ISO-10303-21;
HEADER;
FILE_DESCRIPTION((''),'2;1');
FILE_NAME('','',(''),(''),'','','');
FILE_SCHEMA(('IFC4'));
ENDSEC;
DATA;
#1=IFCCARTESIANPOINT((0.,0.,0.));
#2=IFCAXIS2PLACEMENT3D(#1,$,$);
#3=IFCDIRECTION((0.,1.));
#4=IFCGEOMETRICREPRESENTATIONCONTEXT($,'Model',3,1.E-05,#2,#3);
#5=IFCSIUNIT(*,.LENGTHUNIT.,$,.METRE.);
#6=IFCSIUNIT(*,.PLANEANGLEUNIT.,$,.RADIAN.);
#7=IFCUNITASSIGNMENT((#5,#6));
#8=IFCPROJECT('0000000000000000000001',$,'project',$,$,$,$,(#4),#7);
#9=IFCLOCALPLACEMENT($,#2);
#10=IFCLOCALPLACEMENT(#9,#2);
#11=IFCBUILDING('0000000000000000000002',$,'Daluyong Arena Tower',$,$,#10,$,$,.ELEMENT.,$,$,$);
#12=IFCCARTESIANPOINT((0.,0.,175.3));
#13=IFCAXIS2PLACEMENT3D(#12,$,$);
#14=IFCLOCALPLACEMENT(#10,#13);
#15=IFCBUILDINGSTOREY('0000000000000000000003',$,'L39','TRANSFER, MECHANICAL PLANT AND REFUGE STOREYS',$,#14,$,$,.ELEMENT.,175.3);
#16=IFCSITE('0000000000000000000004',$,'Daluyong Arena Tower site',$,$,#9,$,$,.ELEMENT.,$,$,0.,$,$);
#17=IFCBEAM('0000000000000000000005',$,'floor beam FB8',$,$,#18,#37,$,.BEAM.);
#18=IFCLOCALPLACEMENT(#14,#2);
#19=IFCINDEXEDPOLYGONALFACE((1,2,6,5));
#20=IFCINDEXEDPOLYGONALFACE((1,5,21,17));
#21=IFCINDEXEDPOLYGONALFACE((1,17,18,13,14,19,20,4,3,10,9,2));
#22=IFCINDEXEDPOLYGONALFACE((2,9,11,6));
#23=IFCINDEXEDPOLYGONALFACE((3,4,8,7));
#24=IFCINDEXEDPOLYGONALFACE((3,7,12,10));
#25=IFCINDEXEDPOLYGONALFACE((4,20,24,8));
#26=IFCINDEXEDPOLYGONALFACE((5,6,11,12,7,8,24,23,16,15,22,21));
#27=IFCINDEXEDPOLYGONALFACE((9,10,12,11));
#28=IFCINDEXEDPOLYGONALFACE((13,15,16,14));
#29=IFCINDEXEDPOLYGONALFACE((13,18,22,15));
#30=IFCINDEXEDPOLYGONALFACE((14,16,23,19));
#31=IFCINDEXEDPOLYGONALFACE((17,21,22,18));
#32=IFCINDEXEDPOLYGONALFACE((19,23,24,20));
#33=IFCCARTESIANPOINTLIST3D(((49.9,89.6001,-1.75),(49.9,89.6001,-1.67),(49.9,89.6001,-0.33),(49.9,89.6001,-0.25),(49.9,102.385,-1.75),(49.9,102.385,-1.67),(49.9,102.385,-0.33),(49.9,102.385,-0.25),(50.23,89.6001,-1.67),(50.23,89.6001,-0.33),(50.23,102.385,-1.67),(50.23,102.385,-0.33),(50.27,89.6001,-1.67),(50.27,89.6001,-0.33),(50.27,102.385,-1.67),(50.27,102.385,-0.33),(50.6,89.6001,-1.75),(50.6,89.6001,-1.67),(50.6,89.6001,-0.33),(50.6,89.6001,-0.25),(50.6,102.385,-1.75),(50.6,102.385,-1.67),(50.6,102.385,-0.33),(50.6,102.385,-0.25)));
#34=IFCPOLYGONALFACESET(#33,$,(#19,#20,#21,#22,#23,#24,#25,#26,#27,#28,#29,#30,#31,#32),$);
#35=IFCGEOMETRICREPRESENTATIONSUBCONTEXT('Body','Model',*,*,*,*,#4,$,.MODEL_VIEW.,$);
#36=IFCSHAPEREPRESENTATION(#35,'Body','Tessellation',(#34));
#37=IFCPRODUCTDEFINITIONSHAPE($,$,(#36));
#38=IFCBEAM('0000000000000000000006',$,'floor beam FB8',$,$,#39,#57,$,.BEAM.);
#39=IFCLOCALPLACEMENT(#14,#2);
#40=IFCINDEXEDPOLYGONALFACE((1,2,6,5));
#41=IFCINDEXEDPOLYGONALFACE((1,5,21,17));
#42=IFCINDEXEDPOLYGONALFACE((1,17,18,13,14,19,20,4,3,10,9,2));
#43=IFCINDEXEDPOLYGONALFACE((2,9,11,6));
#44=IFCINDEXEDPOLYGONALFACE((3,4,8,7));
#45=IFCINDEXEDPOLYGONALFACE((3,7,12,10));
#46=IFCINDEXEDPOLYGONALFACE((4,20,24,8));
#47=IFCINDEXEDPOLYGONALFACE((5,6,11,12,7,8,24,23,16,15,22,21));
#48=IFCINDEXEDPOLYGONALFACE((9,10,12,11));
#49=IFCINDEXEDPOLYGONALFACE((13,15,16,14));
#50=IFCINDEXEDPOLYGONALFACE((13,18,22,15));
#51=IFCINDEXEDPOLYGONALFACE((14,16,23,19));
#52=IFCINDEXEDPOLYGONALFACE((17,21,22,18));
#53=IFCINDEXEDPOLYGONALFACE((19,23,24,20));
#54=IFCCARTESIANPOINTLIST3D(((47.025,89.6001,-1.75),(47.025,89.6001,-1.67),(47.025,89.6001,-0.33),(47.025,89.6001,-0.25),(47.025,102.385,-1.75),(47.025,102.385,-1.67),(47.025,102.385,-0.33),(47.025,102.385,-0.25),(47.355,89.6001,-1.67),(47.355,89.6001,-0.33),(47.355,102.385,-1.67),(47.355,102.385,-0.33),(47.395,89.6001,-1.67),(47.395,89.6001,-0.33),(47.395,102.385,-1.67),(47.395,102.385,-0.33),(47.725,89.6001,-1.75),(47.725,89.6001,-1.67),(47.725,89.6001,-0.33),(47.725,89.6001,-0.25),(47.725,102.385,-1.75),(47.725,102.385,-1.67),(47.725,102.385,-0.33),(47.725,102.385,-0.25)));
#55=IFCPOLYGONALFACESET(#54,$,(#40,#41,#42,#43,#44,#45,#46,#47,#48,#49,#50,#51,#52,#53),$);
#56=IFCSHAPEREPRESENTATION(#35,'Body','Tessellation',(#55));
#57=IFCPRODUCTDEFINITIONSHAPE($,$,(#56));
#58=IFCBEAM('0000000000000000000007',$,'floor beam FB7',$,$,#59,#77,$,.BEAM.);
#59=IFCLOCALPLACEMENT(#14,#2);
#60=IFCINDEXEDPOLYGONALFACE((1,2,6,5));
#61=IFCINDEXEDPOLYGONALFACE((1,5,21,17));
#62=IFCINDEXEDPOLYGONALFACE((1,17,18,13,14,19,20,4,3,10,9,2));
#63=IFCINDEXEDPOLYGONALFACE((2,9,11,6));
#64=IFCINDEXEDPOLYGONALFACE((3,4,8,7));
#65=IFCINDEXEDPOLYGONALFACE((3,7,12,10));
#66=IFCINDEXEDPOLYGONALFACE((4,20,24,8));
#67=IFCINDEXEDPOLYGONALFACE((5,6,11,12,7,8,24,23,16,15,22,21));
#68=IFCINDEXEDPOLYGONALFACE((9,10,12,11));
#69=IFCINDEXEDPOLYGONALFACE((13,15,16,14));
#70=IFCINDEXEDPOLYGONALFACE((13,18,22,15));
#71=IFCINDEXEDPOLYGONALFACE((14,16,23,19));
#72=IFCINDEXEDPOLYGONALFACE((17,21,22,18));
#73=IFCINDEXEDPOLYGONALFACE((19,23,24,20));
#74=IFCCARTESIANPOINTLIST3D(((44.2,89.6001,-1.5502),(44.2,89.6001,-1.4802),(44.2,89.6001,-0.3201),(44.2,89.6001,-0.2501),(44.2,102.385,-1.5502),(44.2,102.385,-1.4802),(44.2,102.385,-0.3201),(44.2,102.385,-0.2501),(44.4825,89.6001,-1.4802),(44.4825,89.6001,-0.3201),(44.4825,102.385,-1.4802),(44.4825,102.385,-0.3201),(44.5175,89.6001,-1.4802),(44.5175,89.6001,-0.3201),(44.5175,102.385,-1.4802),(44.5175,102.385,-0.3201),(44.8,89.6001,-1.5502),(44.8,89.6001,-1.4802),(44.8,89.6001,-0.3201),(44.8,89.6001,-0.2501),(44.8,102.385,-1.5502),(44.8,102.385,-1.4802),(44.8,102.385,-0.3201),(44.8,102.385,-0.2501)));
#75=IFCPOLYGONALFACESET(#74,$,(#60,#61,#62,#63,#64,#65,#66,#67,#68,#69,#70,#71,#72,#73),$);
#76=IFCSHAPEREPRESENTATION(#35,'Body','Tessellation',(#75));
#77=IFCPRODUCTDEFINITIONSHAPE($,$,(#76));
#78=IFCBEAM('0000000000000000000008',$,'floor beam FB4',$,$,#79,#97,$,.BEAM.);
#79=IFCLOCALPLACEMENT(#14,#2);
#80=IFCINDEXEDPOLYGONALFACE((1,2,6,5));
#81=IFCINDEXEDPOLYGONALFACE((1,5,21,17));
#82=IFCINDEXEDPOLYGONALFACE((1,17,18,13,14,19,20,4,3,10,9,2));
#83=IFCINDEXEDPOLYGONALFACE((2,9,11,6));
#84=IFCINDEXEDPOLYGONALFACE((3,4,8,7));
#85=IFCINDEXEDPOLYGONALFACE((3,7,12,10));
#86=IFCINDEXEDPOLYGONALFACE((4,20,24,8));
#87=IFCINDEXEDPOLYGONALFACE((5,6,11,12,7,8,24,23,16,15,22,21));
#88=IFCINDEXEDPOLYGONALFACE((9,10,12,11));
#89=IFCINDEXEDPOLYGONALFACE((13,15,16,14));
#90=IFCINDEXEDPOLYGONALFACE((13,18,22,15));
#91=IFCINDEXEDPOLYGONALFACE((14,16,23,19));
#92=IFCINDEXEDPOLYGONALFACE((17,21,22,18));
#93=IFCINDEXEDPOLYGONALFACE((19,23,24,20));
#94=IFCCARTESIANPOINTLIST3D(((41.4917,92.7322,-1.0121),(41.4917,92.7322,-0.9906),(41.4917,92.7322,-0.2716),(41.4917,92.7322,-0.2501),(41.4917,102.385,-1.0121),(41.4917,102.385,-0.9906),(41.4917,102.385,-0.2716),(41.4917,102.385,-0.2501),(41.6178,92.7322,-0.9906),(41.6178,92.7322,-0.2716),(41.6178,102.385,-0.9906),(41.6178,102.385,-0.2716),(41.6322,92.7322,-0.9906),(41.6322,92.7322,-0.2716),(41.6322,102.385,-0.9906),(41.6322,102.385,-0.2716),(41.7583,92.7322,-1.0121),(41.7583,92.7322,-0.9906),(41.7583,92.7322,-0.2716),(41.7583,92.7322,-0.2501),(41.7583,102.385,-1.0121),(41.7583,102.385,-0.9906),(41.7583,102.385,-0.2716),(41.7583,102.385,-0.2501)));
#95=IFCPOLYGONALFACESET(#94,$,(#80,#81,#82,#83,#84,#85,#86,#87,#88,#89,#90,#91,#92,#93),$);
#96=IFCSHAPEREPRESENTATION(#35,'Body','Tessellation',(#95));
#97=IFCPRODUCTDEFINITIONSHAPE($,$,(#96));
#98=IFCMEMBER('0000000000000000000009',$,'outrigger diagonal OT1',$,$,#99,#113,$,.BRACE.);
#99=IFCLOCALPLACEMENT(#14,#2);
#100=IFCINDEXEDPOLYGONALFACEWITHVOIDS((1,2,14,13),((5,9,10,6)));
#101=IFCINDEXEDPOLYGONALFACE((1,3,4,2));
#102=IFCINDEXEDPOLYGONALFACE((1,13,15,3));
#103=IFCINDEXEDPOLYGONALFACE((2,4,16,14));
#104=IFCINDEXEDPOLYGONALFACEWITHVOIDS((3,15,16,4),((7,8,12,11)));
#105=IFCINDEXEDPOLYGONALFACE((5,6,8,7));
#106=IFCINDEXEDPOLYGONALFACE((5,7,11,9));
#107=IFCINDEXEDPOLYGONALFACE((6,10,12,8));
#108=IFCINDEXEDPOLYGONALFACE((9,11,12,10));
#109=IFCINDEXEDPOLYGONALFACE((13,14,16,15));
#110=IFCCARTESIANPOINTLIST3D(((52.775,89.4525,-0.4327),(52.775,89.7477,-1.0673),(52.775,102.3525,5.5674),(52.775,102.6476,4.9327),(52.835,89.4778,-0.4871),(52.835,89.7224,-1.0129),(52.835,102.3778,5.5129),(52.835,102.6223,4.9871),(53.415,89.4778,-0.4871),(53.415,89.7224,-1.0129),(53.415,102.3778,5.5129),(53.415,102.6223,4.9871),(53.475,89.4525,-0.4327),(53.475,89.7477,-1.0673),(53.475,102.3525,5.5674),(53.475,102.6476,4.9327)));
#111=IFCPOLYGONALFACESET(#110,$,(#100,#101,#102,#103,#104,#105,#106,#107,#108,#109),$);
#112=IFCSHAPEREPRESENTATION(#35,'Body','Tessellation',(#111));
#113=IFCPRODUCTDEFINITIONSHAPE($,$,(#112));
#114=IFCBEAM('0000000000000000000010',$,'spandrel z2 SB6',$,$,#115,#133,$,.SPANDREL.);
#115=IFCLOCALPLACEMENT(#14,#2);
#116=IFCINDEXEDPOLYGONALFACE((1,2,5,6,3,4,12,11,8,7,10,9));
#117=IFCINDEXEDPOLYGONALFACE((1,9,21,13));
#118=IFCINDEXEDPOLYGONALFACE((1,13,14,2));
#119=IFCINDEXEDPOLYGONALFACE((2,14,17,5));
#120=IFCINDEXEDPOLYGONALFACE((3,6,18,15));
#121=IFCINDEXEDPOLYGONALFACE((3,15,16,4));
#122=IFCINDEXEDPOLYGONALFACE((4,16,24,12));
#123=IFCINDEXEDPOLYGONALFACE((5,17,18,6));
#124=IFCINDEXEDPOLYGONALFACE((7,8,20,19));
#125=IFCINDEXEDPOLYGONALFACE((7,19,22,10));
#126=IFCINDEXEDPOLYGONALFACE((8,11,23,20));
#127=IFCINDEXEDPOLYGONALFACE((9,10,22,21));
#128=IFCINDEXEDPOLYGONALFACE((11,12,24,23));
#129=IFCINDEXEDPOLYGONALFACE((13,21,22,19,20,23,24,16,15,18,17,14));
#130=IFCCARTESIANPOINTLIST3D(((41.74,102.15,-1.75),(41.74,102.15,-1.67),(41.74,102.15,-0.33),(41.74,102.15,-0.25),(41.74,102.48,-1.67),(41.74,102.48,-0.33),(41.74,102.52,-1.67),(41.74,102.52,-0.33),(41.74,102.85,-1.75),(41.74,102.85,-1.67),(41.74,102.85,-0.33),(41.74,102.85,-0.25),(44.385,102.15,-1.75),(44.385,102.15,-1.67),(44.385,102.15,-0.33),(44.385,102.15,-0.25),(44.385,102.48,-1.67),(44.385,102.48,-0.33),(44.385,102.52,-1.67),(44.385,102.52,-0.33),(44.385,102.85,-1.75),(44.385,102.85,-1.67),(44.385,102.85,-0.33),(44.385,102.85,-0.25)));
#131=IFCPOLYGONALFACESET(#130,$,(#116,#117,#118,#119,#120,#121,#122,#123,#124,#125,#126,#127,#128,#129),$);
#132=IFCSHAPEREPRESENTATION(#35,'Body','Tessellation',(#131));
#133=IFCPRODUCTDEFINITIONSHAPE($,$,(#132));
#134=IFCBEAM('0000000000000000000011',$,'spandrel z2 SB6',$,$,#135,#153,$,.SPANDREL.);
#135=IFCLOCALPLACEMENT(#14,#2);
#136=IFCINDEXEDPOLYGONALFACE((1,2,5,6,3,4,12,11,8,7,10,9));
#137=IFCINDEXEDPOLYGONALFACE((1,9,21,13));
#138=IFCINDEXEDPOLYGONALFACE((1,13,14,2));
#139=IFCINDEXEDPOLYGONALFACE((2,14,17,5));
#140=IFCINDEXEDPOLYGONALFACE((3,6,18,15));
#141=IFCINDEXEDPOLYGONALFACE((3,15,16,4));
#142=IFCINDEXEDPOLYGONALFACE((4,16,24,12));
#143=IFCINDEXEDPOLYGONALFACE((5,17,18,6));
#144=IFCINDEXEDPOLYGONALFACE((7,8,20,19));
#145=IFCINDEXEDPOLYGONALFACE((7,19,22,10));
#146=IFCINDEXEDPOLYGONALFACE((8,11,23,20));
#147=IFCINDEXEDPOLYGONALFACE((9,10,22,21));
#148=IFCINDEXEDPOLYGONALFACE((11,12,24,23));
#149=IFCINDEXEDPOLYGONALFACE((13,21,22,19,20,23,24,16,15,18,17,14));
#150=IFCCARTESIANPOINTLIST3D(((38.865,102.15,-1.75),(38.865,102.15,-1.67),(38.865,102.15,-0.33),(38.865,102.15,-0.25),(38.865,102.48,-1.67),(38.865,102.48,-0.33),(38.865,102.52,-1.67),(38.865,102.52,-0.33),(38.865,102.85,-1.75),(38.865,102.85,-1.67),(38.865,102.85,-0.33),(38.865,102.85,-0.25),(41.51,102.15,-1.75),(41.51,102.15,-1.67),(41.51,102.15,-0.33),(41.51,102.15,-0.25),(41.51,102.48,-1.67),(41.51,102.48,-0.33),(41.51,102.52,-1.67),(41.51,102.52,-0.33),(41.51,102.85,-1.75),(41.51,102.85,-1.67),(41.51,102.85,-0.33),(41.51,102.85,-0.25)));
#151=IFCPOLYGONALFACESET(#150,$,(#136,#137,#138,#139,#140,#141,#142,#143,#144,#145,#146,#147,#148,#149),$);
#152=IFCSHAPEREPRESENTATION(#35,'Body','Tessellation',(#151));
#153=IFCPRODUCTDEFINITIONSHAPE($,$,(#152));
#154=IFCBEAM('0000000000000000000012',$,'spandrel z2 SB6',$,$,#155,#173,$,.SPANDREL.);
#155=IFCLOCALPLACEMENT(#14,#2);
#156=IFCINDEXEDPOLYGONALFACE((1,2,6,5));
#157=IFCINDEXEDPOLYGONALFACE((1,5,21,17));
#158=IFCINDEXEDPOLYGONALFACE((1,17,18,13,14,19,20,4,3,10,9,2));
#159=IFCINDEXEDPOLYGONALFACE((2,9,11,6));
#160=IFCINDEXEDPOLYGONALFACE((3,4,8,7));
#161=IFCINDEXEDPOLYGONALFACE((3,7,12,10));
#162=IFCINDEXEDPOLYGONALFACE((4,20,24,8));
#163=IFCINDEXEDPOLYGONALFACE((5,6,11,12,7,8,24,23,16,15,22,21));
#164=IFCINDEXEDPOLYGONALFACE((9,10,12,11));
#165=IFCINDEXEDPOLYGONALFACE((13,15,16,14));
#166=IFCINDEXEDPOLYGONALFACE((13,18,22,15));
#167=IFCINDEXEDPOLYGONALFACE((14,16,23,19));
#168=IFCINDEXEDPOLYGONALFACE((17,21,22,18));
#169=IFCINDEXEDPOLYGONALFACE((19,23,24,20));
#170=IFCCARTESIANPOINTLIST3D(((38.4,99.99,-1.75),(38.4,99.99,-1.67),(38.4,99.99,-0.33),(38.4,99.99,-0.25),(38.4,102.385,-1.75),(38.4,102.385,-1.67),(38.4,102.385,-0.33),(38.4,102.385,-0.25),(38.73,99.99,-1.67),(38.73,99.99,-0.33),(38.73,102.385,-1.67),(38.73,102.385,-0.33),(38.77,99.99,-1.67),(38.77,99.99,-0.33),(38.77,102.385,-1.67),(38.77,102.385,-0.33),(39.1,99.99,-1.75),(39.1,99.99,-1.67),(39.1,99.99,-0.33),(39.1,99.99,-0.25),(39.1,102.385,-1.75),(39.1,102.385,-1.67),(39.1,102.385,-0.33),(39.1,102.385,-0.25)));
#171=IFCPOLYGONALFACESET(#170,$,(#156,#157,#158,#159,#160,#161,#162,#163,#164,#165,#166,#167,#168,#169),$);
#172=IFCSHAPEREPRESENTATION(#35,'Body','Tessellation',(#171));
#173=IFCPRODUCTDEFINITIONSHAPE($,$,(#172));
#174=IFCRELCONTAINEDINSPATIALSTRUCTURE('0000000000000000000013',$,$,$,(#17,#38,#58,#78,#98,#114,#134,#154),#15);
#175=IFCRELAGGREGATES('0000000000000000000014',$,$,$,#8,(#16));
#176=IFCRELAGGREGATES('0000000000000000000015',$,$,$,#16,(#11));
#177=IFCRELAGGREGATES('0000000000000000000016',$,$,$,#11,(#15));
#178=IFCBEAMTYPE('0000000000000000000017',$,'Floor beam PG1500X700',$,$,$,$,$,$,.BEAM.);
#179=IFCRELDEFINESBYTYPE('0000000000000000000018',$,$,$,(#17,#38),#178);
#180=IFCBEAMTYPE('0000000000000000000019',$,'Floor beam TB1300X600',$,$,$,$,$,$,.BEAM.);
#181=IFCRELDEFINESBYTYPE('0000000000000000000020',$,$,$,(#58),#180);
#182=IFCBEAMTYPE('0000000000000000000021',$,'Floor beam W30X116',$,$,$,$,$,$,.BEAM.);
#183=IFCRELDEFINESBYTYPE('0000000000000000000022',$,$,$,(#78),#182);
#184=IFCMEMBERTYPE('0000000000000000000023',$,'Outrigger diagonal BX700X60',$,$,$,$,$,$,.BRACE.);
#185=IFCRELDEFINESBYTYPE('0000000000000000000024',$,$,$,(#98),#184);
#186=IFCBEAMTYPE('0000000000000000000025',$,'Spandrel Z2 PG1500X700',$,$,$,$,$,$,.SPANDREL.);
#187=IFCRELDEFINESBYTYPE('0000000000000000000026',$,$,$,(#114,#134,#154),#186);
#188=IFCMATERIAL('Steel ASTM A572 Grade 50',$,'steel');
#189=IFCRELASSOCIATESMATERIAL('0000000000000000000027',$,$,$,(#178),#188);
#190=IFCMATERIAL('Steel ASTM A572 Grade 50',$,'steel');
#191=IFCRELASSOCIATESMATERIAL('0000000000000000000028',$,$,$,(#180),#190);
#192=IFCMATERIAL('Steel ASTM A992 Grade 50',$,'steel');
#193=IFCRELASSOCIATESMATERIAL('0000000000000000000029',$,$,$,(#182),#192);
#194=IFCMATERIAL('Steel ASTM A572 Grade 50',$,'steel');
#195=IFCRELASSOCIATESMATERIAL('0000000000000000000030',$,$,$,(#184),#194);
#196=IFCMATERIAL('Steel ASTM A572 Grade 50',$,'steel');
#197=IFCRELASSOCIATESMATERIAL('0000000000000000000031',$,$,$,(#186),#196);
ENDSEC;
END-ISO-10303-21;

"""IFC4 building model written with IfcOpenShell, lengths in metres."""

from ifc_helpers import new_model, si_unit, direction, frame, origin, origin_2d, place, context, subcontext, project, spatial, hollow_rectangle, i_section, extrude, material, material_profile, profile_set, type_object, element, save


model = new_model("IFC4")

# Units and contexts
model_context = context("Model", 3, precision=1e-05, world=origin(), true_north=direction((0.0, 1.0)))
body_context = subcontext(model_context, "Body", "Model", "MODEL_VIEW")
ifc_project = project(units=[si_unit("LENGTHUNIT", "METRE"), si_unit("PLANEANGLEUNIT", "RADIAN")], contexts=[model_context])

# Site, building, storey
site_placement = place(None, origin())
site = spatial("IfcSite", under=ifc_project, at=site_placement, Name="Daluyong Arena Tower site", CompositionType="ELEMENT", RefElevation=0.0)
building_placement = place(site_placement, origin())
building = spatial("IfcBuilding", under=site, at=building_placement, Name="Daluyong Arena Tower", CompositionType="ELEMENT")
storey_placement = place(building_placement, frame((0.0, 0.0, 175.3)))
storey = spatial("IfcBuildingStorey", under=building, at=storey_placement, Name="L39", Description="TRANSFER, MECHANICAL PLANT AND REFUGE STOREYS", CompositionType="ELEMENT", Elevation=175.3)

# Beams
ifc_material_1 = material(Name="Steel ASTM A572 Grade 50", Category="steel")
ifc_material_profile_1 = material_profile(ifc_material_1, i_section(OverallWidth=0.7, OverallDepth=1.5, WebThickness=0.04, FlangeThickness=0.08, at=origin_2d()))
ifc_profile_set_1 = profile_set([ifc_material_profile_1], Name="Steel ASTM A572 Grade 50")
beam_type_1 = type_object("IfcBeamType", Name="Floor beam PG1500X700", PredefinedType="BEAM", material=ifc_profile_set_1)
for number, where, z_axis, x_axis, name in (
    (1, (50.25, 102.385, -1.0), (0.0, -1.0, 0.0), (1.0, 0.0, 0.0), "floor beam FB8"),
    (2, (47.375, 102.385, -1.0), (0.0, -1.0, 0.0), (1.0, 0.0, 0.0), "floor beam FB8"),
):
    element("IfcBeam", number, at=place(storey_placement, frame(where, z_axis=z_axis, x_axis=x_axis)), inside=storey, type_object=beam_type_1, Name=name, PredefinedType="BEAM", context=body_context, shape_type="SweptSolid", body=[
        extrude(i_section(OverallWidth=0.7, OverallDepth=1.5, WebThickness=0.04, FlangeThickness=0.08, at=origin_2d()), origin(), (0.0, 0.0, 1.0), 12.7849),
    ])
ifc_material_2 = material(Name="Steel ASTM A572 Grade 50", Category="steel")
ifc_material_profile_2 = material_profile(ifc_material_2, i_section(OverallWidth=0.6001, OverallDepth=1.3, WebThickness=0.035, FlangeThickness=0.07, at=origin_2d()))
ifc_profile_set_2 = profile_set([ifc_material_profile_2], Name="Steel ASTM A572 Grade 50")
beam_type_2 = type_object("IfcBeamType", Name="Floor beam TB1300X600", PredefinedType="BEAM", material=ifc_profile_set_2)
beam_1_placement = place(storey_placement, frame((44.5, 102.385, -0.9001), z_axis=(0.0, -1.0, 0.0), x_axis=(1.0, 0.0, 0.0)))
element("IfcBeam", 3, at=beam_1_placement, inside=storey, type_object=beam_type_2, Name="floor beam FB7", PredefinedType="BEAM", context=body_context, shape_type="SweptSolid", body=[
    extrude(i_section(OverallWidth=0.6001, OverallDepth=1.3, WebThickness=0.035, FlangeThickness=0.07, at=origin_2d()), origin(), (0.0, 0.0, 1.0), 12.7849),
])
ifc_material_3 = material(Name="Steel ASTM A992 Grade 50", Category="steel")
ifc_material_profile_3 = material_profile(ifc_material_3, i_section(OverallWidth=0.2666, OverallDepth=0.762, WebThickness=0.0144, FlangeThickness=0.0215, at=origin_2d()))
ifc_profile_set_3 = profile_set([ifc_material_profile_3], Name="Steel ASTM A992 Grade 50")
beam_type_3 = type_object("IfcBeamType", Name="Floor beam W30X116", PredefinedType="BEAM", material=ifc_profile_set_3)
beam_2_placement = place(storey_placement, frame((41.625, 102.385, -0.6311), z_axis=(0.0, -1.0, 0.0), x_axis=(1.0, 0.0, 0.0)))
element("IfcBeam", 4, at=beam_2_placement, inside=storey, type_object=beam_type_3, Name="floor beam FB4", PredefinedType="BEAM", context=body_context, shape_type="SweptSolid", body=[
    extrude(i_section(OverallWidth=0.2666, OverallDepth=0.762, WebThickness=0.0144, FlangeThickness=0.0215, at=origin_2d()), origin(), (0.0, 0.0, 1.0), 9.6528),
])

# Member
ifc_material_4 = material(Name="Steel ASTM A572 Grade 50", Category="steel")
ifc_material_profile_4 = material_profile(ifc_material_4, hollow_rectangle(XDim=0.7, YDim=0.7, WallThickness=0.06, at=origin_2d()))
ifc_profile_set_4 = profile_set([ifc_material_profile_4], Name="Steel ASTM A572 Grade 50")
member_type_1 = type_object("IfcMemberType", Name="Outrigger diagonal BX700X60", PredefinedType="BRACE", material=ifc_profile_set_4)
member_1_placement = place(storey_placement, frame((53.125, 89.6001, -0.75), z_axis=(0.0, 0.90672, 0.421733), x_axis=(-1.0, 0.0, 0.0)))
element("IfcMember", 5, at=member_1_placement, inside=storey, type_object=member_type_1, Name="outrigger diagonal OT1", PredefinedType="BRACE", context=body_context, shape_type="SweptSolid", body=[
    extrude(hollow_rectangle(XDim=0.7, YDim=0.7, WallThickness=0.06, at=origin_2d()), origin(), (0.0, 0.0, 1.0), 14.2271),
])

# Beams
ifc_material_5 = material(Name="Steel ASTM A572 Grade 50", Category="steel")
ifc_material_profile_5 = material_profile(ifc_material_5, i_section(OverallWidth=0.7, OverallDepth=1.5, WebThickness=0.04, FlangeThickness=0.08, at=origin_2d()))
ifc_profile_set_5 = profile_set([ifc_material_profile_5], Name="Steel ASTM A572 Grade 50")
beam_type_4 = type_object("IfcBeamType", Name="Spandrel Z2 PG1500X700", PredefinedType="SPANDREL", material=ifc_profile_set_5)
for number, where, z_axis, x_axis, name in (
    (6, (44.385, 102.5, -1.0), (-1.0, 0.0, 0.0), (0.0, -1.0, 0.0), "spandrel z2 SB6"),
    (7, (41.51, 102.5, -1.0), (-1.0, 0.0, 0.0), (0.0, -1.0, 0.0), "spandrel z2 SB6"),
):
    element("IfcBeam", number, at=place(storey_placement, frame(where, z_axis=z_axis, x_axis=x_axis)), inside=storey, type_object=beam_type_4, Name=name, PredefinedType="SPANDREL", context=body_context, shape_type="SweptSolid", body=[
        extrude(i_section(OverallWidth=0.7, OverallDepth=1.5, WebThickness=0.04, FlangeThickness=0.08, at=origin_2d()), origin(), (0.0, 0.0, 1.0), 2.645),
    ])
beam_3_placement = place(storey_placement, frame((38.75, 102.385, -1.0), z_axis=(0.0, -1.0, 0.0), x_axis=(1.0, 0.0, 0.0)))
element("IfcBeam", 8, at=beam_3_placement, inside=storey, type_object=beam_type_4, Name="spandrel z2 SB6", PredefinedType="SPANDREL", context=body_context, shape_type="SweptSolid", body=[
    extrude(i_section(OverallWidth=0.7, OverallDepth=1.5, WebThickness=0.04, FlangeThickness=0.08, at=origin_2d()), origin(), (0.0, 0.0, 1.0), 2.395),
])

save(model, "model.ifc")
